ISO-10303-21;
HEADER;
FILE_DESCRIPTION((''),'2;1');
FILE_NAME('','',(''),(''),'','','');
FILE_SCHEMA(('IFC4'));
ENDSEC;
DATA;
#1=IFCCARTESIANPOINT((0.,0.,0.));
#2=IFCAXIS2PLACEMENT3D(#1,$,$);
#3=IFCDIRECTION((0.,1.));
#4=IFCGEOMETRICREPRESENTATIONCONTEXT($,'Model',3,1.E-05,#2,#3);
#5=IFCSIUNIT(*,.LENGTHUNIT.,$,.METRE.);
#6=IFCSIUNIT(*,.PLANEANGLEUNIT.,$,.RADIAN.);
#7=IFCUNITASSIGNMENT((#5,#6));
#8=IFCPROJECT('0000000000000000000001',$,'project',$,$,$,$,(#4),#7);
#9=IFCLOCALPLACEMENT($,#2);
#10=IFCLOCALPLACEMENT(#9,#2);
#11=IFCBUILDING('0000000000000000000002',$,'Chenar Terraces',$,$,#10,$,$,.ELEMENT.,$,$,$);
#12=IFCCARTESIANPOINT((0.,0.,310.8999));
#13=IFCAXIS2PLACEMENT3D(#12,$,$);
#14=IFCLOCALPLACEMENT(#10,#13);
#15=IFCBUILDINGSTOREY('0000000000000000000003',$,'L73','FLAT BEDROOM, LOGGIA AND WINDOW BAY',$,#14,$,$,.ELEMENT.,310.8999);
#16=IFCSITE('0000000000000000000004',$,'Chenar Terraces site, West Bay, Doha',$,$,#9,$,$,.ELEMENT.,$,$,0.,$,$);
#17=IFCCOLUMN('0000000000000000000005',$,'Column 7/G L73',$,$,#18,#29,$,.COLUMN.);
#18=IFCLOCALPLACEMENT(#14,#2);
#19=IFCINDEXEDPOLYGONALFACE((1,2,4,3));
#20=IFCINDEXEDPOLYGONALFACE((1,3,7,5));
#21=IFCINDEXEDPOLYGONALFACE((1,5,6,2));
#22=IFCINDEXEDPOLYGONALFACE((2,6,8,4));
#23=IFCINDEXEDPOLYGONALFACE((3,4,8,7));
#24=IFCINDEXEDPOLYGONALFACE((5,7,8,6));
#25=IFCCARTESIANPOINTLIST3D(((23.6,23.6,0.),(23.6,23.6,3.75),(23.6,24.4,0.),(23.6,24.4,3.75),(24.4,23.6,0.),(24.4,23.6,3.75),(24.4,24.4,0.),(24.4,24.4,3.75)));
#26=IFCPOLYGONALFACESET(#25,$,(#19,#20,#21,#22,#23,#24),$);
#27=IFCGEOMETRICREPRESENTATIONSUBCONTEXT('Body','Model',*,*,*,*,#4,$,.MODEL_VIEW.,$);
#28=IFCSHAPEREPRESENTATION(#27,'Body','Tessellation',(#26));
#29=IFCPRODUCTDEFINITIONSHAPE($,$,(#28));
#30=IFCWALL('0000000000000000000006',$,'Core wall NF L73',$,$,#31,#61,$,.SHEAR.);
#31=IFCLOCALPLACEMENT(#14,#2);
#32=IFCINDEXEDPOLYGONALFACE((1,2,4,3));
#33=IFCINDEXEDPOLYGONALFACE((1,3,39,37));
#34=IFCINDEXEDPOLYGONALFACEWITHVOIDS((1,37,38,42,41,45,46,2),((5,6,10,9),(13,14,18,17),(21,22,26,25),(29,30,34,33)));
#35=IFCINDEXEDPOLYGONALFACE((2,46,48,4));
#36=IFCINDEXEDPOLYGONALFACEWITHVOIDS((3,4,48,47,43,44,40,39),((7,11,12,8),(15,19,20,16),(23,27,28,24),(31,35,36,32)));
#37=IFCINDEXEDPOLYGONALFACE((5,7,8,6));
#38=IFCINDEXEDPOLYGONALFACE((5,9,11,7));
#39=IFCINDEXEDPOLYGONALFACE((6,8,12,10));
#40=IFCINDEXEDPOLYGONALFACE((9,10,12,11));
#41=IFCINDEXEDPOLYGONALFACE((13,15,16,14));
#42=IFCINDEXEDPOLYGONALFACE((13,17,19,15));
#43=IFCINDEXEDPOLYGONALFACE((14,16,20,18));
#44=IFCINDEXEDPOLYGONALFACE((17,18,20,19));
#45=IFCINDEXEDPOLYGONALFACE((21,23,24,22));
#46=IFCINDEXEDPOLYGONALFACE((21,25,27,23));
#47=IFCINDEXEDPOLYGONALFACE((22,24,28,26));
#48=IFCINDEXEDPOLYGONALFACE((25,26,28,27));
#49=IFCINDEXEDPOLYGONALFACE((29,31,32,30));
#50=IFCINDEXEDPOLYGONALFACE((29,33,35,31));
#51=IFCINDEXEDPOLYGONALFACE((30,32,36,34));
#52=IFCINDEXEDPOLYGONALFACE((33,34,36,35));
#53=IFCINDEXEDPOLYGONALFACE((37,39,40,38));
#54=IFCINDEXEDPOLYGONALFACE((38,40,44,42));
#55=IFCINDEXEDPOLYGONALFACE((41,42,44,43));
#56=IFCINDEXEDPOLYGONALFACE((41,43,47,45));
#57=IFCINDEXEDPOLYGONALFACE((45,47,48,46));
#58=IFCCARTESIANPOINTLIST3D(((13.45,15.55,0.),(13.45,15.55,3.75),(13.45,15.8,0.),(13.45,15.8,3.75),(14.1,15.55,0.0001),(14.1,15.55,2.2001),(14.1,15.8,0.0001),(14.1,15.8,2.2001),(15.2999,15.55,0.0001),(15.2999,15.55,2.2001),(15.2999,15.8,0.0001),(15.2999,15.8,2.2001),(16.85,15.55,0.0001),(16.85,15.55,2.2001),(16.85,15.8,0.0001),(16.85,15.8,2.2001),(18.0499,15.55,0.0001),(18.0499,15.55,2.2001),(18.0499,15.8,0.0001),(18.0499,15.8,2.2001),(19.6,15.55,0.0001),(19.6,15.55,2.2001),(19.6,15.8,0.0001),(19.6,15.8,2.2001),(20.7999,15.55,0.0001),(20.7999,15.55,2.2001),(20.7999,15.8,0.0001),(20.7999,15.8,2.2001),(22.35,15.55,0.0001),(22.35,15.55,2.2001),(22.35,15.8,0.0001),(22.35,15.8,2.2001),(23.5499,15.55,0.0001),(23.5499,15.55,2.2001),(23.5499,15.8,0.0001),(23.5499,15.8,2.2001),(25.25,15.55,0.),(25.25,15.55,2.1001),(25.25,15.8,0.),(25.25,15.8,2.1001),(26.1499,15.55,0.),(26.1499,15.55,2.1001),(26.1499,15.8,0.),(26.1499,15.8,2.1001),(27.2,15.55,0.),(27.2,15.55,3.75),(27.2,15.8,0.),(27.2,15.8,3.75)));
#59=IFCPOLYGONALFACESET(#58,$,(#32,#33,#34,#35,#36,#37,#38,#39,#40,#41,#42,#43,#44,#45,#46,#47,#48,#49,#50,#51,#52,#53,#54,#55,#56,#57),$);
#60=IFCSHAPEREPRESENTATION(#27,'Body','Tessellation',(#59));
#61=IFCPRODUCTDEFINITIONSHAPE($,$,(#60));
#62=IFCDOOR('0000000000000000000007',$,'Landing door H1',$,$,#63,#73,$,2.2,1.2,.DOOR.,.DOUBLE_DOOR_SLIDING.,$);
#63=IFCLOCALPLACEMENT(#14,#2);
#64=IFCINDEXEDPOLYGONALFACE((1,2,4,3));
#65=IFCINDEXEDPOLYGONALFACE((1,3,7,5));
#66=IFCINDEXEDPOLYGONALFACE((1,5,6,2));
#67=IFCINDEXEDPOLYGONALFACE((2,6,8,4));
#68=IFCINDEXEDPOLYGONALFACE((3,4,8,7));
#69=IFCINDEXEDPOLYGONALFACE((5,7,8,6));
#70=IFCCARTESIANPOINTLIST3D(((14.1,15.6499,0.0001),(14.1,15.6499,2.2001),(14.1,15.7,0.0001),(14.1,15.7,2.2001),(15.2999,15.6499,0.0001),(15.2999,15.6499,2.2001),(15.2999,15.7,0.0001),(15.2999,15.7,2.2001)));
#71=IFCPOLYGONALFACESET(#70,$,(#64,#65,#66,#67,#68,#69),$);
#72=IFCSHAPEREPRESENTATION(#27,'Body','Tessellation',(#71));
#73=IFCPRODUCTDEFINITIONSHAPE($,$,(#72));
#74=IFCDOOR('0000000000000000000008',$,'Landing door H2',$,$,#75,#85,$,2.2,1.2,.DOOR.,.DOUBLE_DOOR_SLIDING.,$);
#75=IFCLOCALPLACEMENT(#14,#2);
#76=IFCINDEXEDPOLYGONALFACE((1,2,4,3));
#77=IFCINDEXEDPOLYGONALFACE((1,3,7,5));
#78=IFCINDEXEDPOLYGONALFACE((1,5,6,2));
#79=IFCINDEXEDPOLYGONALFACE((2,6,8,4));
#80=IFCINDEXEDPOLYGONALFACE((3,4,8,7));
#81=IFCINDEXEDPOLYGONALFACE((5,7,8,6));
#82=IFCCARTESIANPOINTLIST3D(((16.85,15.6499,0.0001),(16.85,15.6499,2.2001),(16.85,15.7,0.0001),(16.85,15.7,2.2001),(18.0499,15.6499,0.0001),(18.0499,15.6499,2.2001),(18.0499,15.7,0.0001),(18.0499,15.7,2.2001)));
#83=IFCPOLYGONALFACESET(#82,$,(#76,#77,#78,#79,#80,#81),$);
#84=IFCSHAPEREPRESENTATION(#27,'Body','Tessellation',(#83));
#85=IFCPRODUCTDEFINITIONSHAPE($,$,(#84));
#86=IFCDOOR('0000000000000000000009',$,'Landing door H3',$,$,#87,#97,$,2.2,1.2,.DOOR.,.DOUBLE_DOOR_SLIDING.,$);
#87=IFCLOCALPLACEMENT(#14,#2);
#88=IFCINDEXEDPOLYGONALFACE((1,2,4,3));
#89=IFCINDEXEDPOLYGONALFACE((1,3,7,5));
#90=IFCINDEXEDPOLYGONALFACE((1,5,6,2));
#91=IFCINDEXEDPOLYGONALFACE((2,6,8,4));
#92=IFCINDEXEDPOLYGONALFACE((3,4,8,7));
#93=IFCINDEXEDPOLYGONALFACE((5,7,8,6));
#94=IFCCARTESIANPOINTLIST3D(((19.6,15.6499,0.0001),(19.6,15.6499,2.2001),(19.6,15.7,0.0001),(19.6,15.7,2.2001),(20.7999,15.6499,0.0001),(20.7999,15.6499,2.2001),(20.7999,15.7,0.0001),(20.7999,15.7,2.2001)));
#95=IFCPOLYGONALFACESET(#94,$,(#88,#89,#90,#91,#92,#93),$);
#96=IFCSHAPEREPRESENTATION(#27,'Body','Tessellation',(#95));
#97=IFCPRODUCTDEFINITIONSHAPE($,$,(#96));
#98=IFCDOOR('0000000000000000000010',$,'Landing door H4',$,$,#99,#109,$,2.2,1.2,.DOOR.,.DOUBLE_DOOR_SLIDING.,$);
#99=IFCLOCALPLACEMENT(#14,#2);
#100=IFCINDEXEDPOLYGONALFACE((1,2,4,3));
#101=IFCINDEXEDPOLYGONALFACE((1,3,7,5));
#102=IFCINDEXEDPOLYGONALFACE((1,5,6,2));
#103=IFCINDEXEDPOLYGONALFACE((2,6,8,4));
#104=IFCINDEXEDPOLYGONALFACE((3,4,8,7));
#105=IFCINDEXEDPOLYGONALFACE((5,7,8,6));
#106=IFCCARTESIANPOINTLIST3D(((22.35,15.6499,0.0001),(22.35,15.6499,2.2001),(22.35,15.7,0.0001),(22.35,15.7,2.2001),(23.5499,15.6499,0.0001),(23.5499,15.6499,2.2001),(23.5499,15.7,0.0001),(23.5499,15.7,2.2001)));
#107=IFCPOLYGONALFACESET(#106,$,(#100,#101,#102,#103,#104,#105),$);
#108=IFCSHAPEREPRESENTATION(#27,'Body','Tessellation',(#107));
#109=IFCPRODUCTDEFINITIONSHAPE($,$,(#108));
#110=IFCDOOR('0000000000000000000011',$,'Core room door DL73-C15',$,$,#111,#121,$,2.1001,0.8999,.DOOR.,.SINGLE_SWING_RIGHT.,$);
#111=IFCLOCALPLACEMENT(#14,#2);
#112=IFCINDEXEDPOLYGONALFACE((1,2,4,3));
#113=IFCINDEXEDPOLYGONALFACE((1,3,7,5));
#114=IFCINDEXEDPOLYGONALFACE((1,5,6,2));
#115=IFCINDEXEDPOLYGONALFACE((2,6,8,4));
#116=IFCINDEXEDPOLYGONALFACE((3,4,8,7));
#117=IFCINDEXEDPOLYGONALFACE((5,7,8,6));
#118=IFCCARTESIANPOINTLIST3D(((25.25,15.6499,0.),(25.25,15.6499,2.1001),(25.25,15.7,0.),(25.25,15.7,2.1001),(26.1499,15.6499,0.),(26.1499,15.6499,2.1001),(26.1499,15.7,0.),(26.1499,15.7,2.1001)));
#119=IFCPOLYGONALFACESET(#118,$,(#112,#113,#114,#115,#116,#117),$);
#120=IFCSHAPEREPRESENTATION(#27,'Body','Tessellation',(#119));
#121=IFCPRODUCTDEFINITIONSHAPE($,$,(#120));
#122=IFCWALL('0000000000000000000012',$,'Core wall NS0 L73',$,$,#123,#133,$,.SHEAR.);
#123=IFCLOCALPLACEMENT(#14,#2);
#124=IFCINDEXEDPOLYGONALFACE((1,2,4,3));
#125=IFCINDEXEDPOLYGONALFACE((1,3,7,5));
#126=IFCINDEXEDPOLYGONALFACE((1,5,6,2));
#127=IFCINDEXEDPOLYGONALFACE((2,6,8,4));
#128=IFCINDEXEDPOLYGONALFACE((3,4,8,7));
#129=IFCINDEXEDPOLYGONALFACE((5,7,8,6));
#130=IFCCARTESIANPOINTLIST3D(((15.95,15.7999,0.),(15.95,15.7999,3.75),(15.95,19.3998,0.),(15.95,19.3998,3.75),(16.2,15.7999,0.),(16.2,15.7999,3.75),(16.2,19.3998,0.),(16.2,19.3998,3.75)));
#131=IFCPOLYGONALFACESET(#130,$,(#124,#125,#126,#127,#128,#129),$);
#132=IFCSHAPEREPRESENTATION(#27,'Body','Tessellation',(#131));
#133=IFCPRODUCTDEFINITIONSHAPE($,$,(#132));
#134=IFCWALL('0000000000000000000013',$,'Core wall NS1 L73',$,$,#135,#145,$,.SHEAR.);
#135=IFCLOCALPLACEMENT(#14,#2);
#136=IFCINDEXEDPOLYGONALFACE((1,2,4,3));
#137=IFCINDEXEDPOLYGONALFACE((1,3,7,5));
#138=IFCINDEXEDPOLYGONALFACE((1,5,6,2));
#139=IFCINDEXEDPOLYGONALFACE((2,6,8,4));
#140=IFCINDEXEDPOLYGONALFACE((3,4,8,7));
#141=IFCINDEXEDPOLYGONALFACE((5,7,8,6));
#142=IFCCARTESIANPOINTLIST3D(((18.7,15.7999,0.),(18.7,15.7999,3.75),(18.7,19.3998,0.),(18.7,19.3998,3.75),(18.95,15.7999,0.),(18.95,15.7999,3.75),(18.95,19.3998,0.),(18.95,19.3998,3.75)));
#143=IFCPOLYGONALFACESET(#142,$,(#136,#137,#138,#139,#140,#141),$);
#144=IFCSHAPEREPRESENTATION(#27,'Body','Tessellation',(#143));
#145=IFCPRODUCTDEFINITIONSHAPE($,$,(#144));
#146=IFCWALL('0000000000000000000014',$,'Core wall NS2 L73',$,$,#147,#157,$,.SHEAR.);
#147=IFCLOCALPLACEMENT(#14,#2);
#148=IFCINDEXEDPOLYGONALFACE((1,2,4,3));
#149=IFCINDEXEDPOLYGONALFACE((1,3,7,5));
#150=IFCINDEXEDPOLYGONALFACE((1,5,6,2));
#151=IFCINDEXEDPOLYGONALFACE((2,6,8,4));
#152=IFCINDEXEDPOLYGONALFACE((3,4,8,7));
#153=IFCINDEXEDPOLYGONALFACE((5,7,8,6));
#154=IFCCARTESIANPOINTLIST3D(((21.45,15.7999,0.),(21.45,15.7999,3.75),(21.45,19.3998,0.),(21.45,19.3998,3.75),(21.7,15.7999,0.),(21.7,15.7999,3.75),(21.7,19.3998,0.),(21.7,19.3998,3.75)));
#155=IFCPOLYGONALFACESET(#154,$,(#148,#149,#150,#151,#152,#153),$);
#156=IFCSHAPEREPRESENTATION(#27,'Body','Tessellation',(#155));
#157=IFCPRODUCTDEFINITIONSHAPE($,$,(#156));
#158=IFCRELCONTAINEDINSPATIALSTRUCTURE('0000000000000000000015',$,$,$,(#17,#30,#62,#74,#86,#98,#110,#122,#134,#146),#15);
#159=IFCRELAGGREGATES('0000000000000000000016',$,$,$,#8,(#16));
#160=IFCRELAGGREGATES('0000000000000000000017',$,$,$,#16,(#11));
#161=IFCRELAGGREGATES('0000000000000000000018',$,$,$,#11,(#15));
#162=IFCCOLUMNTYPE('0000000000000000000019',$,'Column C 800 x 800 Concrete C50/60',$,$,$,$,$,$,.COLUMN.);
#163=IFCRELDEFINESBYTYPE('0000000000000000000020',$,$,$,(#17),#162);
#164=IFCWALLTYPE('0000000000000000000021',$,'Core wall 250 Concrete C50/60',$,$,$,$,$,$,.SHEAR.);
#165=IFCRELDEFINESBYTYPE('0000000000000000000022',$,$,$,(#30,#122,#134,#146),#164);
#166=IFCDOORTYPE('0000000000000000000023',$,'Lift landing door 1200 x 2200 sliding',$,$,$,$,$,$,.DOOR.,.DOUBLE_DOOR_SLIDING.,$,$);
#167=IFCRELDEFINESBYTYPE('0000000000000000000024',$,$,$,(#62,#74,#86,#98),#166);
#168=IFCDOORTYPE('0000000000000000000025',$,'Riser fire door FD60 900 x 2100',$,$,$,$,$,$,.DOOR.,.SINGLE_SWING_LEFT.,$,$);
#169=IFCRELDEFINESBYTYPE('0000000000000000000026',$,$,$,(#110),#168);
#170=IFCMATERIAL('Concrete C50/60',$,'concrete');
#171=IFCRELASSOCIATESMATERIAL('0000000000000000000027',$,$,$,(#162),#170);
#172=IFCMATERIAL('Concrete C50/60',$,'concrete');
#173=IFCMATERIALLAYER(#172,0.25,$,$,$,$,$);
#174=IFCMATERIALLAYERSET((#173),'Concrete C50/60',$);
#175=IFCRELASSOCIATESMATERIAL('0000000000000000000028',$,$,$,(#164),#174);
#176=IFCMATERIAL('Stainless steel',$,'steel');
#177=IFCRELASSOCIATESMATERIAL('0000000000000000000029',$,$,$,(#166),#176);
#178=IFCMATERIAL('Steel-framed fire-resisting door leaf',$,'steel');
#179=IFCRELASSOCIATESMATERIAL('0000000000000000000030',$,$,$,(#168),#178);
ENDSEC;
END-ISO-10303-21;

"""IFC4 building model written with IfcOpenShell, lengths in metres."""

from ifc_helpers import new_model, si_unit, direction, frame, frame_2d, origin, origin_2d, place, context, subcontext, project, spatial, rectangle, extrude, material, layer, layer_set, material_profile, profile_set, type_object, element, fill, save


model = new_model("IFC4")

# Units and contexts
model_context = context("Model", 3, precision=1e-05, world=origin(), true_north=direction((0.0, 1.0)))
body_context = subcontext(model_context, "Body", "Model", "MODEL_VIEW")
ifc_project = project(units=[si_unit("LENGTHUNIT", "METRE"), si_unit("PLANEANGLEUNIT", "RADIAN")], contexts=[model_context])

# Site, building, storey
site_placement = place(None, origin())
site = spatial("IfcSite", under=ifc_project, at=site_placement, Name="Chenar Terraces site, West Bay, Doha", CompositionType="ELEMENT", RefElevation=0.0)
building_placement = place(site_placement, origin())
building = spatial("IfcBuilding", under=site, at=building_placement, Name="Chenar Terraces", CompositionType="ELEMENT")
storey_placement = place(building_placement, frame((0.0, 0.0, 310.8999)))
storey = spatial("IfcBuildingStorey", under=building, at=storey_placement, Name="L73", Description="FLAT BEDROOM, LOGGIA AND WINDOW BAY", CompositionType="ELEMENT", Elevation=310.8999)

# Column
ifc_material_1 = material(Name="Concrete C50/60", Category="concrete")
ifc_material_profile = material_profile(ifc_material_1, rectangle(XDim=0.8, YDim=0.8, at=origin_2d()), Name="C 800 x 800")
ifc_profile_set = profile_set([ifc_material_profile], Name="Concrete C50/60")
column_type = type_object("IfcColumnType", Name="Column C 800 x 800 Concrete C50/60", PredefinedType="COLUMN", material=ifc_profile_set)
column_placement = place(storey_placement, frame((24.0, 24.0, 0.0), z_axis=(0.0, 0.0, 1.0), x_axis=(1.0, 0.0, 0.0)))
element("IfcColumn", 1, at=column_placement, inside=storey, type_object=column_type, Name="Column 7/G L73", PredefinedType="COLUMN", context=body_context, shape_type="SweptSolid", body=[
    extrude(rectangle(XDim=0.8, YDim=0.8, at=origin_2d()), origin(), (0.0, 0.0, 1.0), 3.75),
])

# Wall, openings, doors
ifc_material_2 = material(Name="Concrete C50/60", Category="concrete")
ifc_layer_1 = layer(ifc_material_2, 0.25)
ifc_layer_set_1 = layer_set([ifc_layer_1], Name="Concrete C50/60")
wall_type_1 = type_object("IfcWallType", Name="Core wall 250 Concrete C50/60", PredefinedType="SHEAR", material=ifc_layer_set_1)
wall_1_placement = place(storey_placement, frame((13.45, 15.675, 0.0), z_axis=(0.0, 0.0, 1.0), x_axis=(1.0, 0.0, 0.0)))
wall_1 = element("IfcWall", 2, at=wall_1_placement, inside=storey, type_object=wall_type_1, Name="Core wall NF L73", PredefinedType="SHEAR", context=body_context, shape_type="SweptSolid", body=[
    extrude(rectangle(XDim=13.75, YDim=0.25, at=frame_2d((6.875, 0.0))), origin(), (0.0, 0.0, 1.0), 3.75),
])
opening_1_placement = place(wall_1_placement, frame((0.6499, 0.0, 0.0)))
opening_1 = element("IfcOpeningElement", 3, at=opening_1_placement, cuts=wall_1, PredefinedType="OPENING", context=body_context, shape_type="SweptSolid", body=[
    extrude(rectangle(XDim=1.2, YDim=2.2, at=frame_2d((0.6001, 1.1001))), frame((0.0, 0.135, 0.0), z_axis=(0.0, -1.0, 0.0), x_axis=(1.0, 0.0, 0.0)), (0.0, 0.0, 1.0), 0.27),
])
opening_2_placement = place(wall_1_placement, frame((3.3999, 0.0, 0.0)))
opening_2 = element("IfcOpeningElement", 4, at=opening_2_placement, cuts=wall_1, PredefinedType="OPENING", context=body_context, shape_type="SweptSolid", body=[
    extrude(rectangle(XDim=1.2, YDim=2.2, at=frame_2d((0.6001, 1.1001))), frame((0.0, 0.135, 0.0), z_axis=(0.0, -1.0, 0.0), x_axis=(1.0, 0.0, 0.0)), (0.0, 0.0, 1.0), 0.27),
])
opening_3_placement = place(wall_1_placement, frame((6.1499, 0.0, 0.0)))
opening_3 = element("IfcOpeningElement", 5, at=opening_3_placement, cuts=wall_1, PredefinedType="OPENING", context=body_context, shape_type="SweptSolid", body=[
    extrude(rectangle(XDim=1.2, YDim=2.2, at=frame_2d((0.6001, 1.1001))), frame((0.0, 0.135, 0.0), z_axis=(0.0, -1.0, 0.0), x_axis=(1.0, 0.0, 0.0)), (0.0, 0.0, 1.0), 0.27),
])
opening_4_placement = place(wall_1_placement, frame((8.8999, 0.0, 0.0)))
opening_4 = element("IfcOpeningElement", 6, at=opening_4_placement, cuts=wall_1, PredefinedType="OPENING", context=body_context, shape_type="SweptSolid", body=[
    extrude(rectangle(XDim=1.2, YDim=2.2, at=frame_2d((0.6001, 1.1001))), frame((0.0, 0.135, 0.0), z_axis=(0.0, -1.0, 0.0), x_axis=(1.0, 0.0, 0.0)), (0.0, 0.0, 1.0), 0.27),
])
opening_5_placement = place(wall_1_placement, frame((11.8, 0.0, 0.0)))
opening_5 = element("IfcOpeningElement", 7, at=opening_5_placement, cuts=wall_1, PredefinedType="OPENING", context=body_context, shape_type="SweptSolid", body=[
    extrude(rectangle(XDim=0.8999, YDim=2.1001, at=frame_2d((0.45, 1.05))), frame((0.0, 0.135, 0.0), z_axis=(0.0, -1.0, 0.0), x_axis=(1.0, 0.0, 0.0)), (0.0, 0.0, 1.0), 0.27),
])
ifc_material_3 = material(Name="Stainless steel", Category="steel")
door_type_1 = type_object("IfcDoorType", Name="Lift landing door 1200 x 2200 sliding", OperationType="DOUBLE_DOOR_SLIDING", PredefinedType="DOOR", material=ifc_material_3)
door_1_placement = place(opening_1_placement, origin())
door_1 = element("IfcDoor", 8, at=door_1_placement, inside=storey, type_object=door_type_1, Name="Landing door H1", OperationType="DOUBLE_DOOR_SLIDING", OverallHeight=2.2, OverallWidth=1.2, PredefinedType="DOOR", context=body_context, shape_type="SweptSolid", body=[
    extrude(rectangle(XDim=1.2, YDim=2.2, at=frame_2d((0.6001, 1.1001))), frame((0.0, 0.0249, 0.0), z_axis=(0.0, -1.0, 0.0), x_axis=(1.0, 0.0, 0.0)), (0.0, 0.0, 1.0), 0.05),
])
fill(opening_1, door_1)
door_2_placement = place(opening_2_placement, origin())
door_2 = element("IfcDoor", 9, at=door_2_placement, inside=storey, type_object=door_type_1, Name="Landing door H2", OperationType="DOUBLE_DOOR_SLIDING", OverallHeight=2.2, OverallWidth=1.2, PredefinedType="DOOR", context=body_context, shape_type="SweptSolid", body=[
    extrude(rectangle(XDim=1.2, YDim=2.2, at=frame_2d((0.6001, 1.1001))), frame((0.0, 0.0249, 0.0), z_axis=(0.0, -1.0, 0.0), x_axis=(1.0, 0.0, 0.0)), (0.0, 0.0, 1.0), 0.05),
])
fill(opening_2, door_2)
door_3_placement = place(opening_3_placement, origin())
door_3 = element("IfcDoor", 10, at=door_3_placement, inside=storey, type_object=door_type_1, Name="Landing door H3", OperationType="DOUBLE_DOOR_SLIDING", OverallHeight=2.2, OverallWidth=1.2, PredefinedType="DOOR", context=body_context, shape_type="SweptSolid", body=[
    extrude(rectangle(XDim=1.2, YDim=2.2, at=frame_2d((0.6001, 1.1001))), frame((0.0, 0.0249, 0.0), z_axis=(0.0, -1.0, 0.0), x_axis=(1.0, 0.0, 0.0)), (0.0, 0.0, 1.0), 0.05),
])
fill(opening_3, door_3)
door_4_placement = place(opening_4_placement, origin())
door_4 = element("IfcDoor", 11, at=door_4_placement, inside=storey, type_object=door_type_1, Name="Landing door H4", OperationType="DOUBLE_DOOR_SLIDING", OverallHeight=2.2, OverallWidth=1.2, PredefinedType="DOOR", context=body_context, shape_type="SweptSolid", body=[
    extrude(rectangle(XDim=1.2, YDim=2.2, at=frame_2d((0.6001, 1.1001))), frame((0.0, 0.0249, 0.0), z_axis=(0.0, -1.0, 0.0), x_axis=(1.0, 0.0, 0.0)), (0.0, 0.0, 1.0), 0.05),
])
fill(opening_4, door_4)
ifc_material_4 = material(Name="Steel-framed fire-resisting door leaf", Category="steel")
door_type_2 = type_object("IfcDoorType", Name="Riser fire door FD60 900 x 2100", OperationType="SINGLE_SWING_LEFT", PredefinedType="DOOR", material=ifc_material_4)
door_5_placement = place(opening_5_placement, origin())
door_5 = element("IfcDoor", 12, at=door_5_placement, inside=storey, type_object=door_type_2, Name="Core room door DL73-C15", OperationType="SINGLE_SWING_RIGHT", OverallHeight=2.1001, OverallWidth=0.8999, PredefinedType="DOOR", context=body_context, shape_type="SweptSolid", body=[
    extrude(rectangle(XDim=0.8999, YDim=2.1001, at=frame_2d((0.45, 1.05))), frame((0.0, 0.0249, 0.0), z_axis=(0.0, -1.0, 0.0), x_axis=(1.0, 0.0, 0.0)), (0.0, 0.0, 1.0), 0.05),
])
fill(opening_5, door_5)

# Walls
for number, where, z_axis, x_axis, name in (
    (13, (16.075, 15.8, 0.0), (0.0, 0.0, 1.0), (0.0, 1.0, 0.0), "Core wall NS0 L73"),
    (14, (18.825, 15.8, 0.0), (0.0, 0.0, 1.0), (0.0, 1.0, 0.0), "Core wall NS1 L73"),
    (15, (21.575, 15.8, 0.0), (0.0, 0.0, 1.0), (0.0, 1.0, 0.0), "Core wall NS2 L73"),
):
    element("IfcWall", number, at=place(storey_placement, frame(where, z_axis=z_axis, x_axis=x_axis)), inside=storey, type_object=wall_type_1, Name=name, PredefinedType="SHEAR", context=body_context, shape_type="SweptSolid", body=[
        extrude(rectangle(XDim=3.5999, YDim=0.25, at=frame_2d((1.7998, 0.0))), origin(), (0.0, 0.0, 1.0), 3.75),
    ])

save(model, "model.ifc")
